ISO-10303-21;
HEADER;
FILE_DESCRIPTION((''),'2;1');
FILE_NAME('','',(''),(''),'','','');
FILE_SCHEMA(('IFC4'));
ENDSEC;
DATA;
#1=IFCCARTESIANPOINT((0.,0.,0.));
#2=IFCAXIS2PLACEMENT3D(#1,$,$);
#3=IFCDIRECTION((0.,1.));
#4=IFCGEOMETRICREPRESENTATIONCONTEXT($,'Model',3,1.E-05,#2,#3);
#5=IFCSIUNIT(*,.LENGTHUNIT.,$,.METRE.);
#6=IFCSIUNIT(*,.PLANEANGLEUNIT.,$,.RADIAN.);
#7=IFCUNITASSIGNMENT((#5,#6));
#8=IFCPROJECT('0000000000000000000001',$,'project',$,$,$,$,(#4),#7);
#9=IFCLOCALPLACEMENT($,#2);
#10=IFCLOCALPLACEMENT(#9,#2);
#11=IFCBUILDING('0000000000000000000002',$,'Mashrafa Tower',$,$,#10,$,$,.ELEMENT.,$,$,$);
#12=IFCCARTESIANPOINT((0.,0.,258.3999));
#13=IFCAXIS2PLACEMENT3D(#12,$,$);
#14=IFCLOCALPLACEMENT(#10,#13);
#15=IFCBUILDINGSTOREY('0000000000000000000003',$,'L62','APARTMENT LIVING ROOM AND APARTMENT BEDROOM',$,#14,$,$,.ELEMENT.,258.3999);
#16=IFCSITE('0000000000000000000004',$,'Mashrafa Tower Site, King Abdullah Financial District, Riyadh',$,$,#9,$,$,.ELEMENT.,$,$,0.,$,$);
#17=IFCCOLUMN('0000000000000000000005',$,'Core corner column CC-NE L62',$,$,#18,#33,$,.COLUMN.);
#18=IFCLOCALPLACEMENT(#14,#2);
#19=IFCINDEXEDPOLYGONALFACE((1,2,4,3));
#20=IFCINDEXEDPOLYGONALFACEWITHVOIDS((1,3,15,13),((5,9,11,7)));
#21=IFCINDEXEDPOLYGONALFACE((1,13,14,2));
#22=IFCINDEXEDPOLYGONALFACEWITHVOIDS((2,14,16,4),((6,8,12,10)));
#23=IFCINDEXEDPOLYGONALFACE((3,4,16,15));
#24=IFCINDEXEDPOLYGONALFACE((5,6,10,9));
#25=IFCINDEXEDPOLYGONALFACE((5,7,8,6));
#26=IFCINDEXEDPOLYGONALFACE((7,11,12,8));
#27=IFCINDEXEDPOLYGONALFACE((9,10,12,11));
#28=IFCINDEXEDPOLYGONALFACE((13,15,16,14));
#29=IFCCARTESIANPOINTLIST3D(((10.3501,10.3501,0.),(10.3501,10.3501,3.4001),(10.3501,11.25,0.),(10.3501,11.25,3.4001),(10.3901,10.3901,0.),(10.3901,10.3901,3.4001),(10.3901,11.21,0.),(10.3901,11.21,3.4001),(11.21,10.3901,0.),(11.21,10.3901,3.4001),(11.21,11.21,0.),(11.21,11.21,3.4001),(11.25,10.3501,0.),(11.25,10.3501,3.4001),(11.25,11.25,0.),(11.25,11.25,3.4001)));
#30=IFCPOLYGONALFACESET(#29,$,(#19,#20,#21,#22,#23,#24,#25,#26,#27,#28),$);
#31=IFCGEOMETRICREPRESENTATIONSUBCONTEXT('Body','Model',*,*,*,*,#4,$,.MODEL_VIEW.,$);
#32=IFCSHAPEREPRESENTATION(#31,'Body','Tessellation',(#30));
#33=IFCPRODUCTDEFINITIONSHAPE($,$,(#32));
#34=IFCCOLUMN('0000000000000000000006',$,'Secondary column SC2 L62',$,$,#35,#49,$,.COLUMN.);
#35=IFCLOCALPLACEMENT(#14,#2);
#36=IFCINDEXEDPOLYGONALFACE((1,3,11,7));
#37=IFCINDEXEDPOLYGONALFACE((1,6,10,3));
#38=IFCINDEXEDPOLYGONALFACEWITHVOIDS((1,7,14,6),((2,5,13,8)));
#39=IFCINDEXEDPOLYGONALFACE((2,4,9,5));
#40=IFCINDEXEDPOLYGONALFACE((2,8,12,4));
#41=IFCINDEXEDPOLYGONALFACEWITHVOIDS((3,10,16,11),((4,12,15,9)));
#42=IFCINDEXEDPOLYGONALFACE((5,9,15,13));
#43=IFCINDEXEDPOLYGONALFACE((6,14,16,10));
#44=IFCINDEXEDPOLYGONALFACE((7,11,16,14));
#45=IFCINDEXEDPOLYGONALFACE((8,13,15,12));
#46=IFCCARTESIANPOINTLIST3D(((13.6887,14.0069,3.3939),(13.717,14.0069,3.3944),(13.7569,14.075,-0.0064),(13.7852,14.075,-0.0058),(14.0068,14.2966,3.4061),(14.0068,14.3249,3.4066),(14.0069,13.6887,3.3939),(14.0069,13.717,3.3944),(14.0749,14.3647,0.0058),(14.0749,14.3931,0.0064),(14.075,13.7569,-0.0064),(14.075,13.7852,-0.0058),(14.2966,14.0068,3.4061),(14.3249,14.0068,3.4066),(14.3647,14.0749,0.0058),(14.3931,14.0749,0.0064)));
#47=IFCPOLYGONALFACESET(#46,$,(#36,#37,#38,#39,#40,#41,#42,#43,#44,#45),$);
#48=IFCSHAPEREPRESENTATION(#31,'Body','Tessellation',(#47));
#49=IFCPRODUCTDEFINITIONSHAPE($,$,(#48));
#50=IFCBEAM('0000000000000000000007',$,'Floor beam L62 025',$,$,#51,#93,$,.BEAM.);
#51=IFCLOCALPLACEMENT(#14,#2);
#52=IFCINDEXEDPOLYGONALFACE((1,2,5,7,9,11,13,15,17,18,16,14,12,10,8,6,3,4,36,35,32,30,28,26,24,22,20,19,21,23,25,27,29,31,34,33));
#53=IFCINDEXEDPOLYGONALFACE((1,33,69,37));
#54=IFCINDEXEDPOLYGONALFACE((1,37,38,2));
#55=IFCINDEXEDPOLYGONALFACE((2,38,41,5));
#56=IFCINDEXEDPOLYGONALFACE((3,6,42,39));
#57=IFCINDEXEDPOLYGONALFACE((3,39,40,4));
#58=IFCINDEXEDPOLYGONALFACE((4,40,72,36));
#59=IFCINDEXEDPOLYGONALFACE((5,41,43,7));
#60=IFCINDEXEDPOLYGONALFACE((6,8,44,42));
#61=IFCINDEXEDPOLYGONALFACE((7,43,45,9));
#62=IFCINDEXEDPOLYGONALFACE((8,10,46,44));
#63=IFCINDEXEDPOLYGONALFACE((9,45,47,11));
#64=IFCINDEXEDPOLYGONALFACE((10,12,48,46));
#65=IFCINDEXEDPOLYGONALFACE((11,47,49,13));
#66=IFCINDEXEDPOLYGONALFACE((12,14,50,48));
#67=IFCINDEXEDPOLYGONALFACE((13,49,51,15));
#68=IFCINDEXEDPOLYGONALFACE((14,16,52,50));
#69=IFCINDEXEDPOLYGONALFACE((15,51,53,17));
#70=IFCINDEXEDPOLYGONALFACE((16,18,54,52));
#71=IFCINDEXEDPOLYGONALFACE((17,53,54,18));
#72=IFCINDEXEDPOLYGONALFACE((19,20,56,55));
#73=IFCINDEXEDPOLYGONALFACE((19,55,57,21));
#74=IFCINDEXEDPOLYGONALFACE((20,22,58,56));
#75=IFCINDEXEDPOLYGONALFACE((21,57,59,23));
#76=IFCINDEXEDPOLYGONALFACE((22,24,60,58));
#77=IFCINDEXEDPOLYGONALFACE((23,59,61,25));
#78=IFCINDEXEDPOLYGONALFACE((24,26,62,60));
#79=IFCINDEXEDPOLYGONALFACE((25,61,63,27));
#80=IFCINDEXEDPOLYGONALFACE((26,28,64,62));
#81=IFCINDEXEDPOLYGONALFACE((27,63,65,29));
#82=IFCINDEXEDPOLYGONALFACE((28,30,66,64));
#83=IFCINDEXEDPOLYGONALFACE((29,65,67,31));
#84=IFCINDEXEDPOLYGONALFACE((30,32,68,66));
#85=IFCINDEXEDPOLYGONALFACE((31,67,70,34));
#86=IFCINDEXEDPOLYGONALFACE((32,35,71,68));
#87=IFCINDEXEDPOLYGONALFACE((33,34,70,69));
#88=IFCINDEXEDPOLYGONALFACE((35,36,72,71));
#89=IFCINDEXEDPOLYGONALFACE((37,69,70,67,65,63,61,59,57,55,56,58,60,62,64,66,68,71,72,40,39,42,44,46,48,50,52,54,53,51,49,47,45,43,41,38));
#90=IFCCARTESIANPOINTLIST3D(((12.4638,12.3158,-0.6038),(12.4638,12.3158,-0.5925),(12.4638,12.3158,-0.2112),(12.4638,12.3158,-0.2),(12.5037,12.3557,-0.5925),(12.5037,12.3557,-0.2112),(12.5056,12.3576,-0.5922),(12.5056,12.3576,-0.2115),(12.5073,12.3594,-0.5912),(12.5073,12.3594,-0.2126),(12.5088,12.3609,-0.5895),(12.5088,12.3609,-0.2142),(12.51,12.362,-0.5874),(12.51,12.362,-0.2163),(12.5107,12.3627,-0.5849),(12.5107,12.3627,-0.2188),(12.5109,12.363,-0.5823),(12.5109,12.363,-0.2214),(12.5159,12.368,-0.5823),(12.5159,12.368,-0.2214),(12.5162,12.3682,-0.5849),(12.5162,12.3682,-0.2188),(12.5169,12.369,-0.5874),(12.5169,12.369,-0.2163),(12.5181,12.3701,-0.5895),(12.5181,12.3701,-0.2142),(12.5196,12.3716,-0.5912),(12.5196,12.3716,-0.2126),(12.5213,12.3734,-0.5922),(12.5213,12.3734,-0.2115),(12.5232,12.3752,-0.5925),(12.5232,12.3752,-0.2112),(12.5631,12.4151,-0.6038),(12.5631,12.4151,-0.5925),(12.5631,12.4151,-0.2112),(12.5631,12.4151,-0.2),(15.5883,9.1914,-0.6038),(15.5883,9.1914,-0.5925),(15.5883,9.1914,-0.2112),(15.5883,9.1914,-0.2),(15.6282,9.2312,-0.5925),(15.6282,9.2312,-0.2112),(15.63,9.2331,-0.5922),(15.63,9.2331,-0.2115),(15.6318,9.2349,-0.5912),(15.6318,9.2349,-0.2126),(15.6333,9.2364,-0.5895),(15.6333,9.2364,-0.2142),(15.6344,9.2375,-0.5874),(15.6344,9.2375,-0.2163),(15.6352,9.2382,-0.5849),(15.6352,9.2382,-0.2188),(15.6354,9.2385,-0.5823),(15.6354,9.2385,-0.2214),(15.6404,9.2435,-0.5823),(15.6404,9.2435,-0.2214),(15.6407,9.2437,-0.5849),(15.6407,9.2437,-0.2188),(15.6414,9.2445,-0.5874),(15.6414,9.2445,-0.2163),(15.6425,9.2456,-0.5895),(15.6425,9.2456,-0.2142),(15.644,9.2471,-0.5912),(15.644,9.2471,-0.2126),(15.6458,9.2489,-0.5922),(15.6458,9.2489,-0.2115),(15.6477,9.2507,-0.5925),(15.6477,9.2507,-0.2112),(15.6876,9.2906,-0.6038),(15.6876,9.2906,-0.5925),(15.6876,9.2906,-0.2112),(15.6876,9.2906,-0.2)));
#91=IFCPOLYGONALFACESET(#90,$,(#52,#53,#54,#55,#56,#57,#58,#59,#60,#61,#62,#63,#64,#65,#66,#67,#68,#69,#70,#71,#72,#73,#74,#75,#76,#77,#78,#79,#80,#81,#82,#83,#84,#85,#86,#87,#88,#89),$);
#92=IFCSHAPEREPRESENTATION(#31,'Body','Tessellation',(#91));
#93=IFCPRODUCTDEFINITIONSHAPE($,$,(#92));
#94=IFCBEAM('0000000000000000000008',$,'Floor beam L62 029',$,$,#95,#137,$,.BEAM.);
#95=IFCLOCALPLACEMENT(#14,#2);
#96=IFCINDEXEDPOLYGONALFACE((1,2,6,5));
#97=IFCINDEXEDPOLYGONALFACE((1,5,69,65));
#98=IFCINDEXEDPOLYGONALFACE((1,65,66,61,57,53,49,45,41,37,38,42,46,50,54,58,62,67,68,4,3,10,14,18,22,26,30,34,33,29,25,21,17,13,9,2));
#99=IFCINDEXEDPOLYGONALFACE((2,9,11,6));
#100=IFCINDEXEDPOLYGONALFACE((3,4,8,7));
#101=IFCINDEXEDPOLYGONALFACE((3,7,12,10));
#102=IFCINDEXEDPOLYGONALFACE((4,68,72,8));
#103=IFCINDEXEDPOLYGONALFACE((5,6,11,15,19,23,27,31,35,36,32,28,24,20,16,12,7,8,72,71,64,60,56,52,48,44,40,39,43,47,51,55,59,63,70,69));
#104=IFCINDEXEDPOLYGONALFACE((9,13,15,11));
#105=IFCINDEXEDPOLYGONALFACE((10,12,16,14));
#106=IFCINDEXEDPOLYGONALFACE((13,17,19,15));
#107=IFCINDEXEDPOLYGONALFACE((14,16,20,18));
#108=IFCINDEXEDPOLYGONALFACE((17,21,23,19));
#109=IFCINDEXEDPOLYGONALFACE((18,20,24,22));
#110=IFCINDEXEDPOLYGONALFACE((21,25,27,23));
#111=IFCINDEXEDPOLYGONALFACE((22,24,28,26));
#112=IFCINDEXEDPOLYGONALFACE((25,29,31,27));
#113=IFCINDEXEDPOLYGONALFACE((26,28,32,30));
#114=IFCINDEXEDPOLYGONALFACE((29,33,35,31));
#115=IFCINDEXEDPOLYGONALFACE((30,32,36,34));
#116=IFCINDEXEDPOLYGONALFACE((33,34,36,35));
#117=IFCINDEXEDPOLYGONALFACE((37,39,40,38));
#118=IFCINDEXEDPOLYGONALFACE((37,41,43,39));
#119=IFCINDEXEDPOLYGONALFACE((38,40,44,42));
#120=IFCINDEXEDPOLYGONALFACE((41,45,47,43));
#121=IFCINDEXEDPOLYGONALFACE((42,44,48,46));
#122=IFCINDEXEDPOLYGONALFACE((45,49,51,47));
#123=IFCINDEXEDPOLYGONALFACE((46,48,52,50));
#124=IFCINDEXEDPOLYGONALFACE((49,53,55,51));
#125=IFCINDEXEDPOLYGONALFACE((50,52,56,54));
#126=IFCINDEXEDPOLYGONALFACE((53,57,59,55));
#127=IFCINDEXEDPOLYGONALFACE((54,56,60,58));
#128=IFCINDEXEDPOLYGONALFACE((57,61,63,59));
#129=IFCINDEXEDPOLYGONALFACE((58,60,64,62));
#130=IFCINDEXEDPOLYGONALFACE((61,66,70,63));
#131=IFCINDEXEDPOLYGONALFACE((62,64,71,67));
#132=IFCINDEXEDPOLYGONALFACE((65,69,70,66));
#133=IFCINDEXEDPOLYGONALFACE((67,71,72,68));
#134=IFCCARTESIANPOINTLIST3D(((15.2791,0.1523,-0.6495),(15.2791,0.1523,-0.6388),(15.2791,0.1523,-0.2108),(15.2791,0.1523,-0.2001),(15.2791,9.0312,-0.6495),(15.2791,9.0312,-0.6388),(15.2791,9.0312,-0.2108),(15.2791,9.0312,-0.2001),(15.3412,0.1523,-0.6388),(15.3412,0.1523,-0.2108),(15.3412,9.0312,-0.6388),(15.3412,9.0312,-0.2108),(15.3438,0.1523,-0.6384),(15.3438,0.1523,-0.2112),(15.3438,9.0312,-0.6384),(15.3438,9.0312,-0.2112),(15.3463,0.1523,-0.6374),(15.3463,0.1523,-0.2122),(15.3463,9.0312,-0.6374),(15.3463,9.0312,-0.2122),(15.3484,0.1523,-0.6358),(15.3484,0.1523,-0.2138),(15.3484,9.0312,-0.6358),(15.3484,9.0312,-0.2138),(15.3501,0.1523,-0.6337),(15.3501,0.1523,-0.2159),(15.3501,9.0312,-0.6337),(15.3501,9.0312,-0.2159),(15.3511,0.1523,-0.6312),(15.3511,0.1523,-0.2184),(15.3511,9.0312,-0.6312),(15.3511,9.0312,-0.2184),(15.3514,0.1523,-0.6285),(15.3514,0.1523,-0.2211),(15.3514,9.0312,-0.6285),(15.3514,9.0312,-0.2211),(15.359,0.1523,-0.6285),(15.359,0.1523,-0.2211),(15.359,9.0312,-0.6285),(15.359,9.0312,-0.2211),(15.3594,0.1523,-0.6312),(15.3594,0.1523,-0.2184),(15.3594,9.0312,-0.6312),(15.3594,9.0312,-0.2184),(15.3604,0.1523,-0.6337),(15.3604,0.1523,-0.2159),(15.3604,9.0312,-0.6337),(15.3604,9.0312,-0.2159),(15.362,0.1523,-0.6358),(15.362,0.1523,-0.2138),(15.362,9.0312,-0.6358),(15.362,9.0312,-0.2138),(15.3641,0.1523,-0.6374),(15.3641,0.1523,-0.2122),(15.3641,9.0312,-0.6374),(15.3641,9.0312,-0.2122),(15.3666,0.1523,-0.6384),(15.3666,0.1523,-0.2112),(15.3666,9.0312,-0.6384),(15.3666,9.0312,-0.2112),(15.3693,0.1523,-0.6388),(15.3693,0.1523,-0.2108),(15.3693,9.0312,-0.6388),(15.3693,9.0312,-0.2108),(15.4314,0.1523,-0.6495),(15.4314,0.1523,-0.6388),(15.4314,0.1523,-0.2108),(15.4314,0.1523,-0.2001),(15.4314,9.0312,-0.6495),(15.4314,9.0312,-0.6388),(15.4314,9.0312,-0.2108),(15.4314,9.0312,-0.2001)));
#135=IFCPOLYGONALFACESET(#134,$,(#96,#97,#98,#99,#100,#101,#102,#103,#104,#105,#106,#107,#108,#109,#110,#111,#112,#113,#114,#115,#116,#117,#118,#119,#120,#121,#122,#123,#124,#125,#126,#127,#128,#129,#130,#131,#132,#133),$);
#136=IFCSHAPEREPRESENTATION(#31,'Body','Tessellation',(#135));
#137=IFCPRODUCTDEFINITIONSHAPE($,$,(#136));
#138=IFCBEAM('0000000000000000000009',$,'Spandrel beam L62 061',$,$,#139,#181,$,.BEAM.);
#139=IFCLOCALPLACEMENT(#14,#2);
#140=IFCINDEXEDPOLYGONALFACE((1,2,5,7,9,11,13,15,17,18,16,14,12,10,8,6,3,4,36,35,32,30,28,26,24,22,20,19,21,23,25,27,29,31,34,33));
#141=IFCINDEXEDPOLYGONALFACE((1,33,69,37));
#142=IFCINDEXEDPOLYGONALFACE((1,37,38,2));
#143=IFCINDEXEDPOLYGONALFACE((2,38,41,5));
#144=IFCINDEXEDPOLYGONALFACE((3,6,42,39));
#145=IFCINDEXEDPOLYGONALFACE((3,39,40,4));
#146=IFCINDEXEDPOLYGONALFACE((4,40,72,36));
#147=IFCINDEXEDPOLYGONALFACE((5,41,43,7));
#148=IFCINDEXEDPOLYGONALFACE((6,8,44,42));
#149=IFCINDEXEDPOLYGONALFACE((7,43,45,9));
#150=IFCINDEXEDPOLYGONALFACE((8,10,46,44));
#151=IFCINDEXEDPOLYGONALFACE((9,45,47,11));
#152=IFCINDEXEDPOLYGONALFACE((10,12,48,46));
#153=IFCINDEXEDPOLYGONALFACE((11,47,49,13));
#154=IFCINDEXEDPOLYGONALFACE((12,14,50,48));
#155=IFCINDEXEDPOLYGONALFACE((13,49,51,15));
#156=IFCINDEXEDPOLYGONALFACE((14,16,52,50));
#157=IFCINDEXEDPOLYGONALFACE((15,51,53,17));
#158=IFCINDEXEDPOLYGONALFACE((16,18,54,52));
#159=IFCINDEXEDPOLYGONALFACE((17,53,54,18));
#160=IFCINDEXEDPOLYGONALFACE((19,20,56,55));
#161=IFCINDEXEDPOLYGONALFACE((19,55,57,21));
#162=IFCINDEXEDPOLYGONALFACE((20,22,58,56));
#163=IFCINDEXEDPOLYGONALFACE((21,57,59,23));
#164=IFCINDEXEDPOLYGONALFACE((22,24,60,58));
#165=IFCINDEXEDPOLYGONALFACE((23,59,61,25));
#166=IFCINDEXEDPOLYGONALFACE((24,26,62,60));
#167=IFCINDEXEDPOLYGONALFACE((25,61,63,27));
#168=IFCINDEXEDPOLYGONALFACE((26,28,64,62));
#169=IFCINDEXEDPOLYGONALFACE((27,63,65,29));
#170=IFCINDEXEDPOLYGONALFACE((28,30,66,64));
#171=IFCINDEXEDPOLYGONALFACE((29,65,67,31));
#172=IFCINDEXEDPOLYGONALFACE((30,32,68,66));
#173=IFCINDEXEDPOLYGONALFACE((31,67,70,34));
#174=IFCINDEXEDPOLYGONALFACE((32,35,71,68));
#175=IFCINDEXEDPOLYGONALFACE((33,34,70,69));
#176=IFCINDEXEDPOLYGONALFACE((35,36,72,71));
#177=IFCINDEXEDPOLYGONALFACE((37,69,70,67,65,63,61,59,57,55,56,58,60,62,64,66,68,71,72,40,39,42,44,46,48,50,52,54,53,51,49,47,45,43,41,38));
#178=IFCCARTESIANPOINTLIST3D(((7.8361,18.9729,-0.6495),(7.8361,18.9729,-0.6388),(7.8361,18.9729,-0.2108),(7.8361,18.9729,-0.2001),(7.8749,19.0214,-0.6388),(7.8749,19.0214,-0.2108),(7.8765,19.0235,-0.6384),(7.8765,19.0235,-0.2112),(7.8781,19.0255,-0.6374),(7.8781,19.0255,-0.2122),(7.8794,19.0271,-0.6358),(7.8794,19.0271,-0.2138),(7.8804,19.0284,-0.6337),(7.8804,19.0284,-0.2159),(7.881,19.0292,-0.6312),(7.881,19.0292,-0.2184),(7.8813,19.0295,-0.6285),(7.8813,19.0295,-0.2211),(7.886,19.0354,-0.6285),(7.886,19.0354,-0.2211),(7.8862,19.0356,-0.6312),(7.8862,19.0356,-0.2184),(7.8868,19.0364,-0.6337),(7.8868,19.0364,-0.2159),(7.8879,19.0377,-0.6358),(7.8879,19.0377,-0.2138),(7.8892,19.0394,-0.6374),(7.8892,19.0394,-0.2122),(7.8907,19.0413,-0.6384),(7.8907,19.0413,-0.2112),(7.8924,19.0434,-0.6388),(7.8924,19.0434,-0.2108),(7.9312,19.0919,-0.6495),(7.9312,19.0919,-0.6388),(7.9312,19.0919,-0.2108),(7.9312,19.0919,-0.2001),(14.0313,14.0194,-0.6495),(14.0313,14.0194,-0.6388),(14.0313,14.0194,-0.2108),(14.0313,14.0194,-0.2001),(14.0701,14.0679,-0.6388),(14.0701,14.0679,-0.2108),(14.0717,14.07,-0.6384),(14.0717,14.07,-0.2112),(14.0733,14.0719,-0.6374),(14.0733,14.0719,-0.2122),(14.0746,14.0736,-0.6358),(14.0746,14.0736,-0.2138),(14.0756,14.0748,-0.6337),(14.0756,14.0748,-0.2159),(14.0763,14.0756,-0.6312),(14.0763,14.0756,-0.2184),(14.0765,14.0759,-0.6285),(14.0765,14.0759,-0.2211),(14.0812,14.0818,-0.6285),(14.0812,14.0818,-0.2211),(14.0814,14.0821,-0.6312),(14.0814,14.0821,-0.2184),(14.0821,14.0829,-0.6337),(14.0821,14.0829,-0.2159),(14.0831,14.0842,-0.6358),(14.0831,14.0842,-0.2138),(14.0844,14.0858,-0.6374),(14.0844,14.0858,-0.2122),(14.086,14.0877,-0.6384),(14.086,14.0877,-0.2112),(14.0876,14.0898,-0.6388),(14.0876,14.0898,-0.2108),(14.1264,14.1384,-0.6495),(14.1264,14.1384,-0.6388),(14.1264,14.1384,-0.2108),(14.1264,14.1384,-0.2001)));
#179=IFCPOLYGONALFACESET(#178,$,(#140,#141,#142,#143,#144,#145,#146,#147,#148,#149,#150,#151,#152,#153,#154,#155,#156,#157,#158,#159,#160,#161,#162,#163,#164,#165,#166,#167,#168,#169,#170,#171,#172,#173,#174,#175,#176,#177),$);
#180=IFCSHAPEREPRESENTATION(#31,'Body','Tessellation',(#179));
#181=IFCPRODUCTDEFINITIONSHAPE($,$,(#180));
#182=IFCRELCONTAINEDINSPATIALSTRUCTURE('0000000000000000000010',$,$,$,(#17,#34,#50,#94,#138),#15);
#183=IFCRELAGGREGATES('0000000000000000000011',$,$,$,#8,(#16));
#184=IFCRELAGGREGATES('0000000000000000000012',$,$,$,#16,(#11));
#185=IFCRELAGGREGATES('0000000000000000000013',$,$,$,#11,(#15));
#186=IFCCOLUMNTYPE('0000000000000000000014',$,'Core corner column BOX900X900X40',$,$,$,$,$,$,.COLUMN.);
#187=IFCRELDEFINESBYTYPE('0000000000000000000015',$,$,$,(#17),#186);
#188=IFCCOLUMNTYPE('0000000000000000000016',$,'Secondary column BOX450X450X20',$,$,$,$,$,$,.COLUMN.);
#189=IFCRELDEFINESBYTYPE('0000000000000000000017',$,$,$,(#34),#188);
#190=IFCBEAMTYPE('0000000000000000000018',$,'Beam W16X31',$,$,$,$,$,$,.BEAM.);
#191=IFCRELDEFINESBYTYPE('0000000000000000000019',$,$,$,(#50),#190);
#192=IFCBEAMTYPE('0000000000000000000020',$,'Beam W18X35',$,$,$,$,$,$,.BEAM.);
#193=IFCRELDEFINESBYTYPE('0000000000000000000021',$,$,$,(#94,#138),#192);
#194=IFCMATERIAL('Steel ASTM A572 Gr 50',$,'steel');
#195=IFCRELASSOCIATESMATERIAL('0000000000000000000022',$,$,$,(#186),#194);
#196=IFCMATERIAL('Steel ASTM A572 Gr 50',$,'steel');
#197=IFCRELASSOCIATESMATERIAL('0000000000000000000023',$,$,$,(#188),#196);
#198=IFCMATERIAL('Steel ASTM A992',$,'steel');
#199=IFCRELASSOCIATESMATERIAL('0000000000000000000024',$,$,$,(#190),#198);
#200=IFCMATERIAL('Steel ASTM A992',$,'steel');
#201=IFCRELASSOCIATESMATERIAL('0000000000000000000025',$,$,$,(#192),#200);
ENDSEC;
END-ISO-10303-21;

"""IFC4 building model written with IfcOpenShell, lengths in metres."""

from ifc_helpers import new_model, si_unit, direction, frame, origin, origin_2d, place, context, subcontext, project, spatial, hollow_rectangle, i_section, extrude, material, material_profile, profile_set, type_object, element, save


model = new_model("IFC4")

# Units and contexts
model_context = context("Model", 3, precision=1e-05, world=origin(), true_north=direction((0.0, 1.0)))
body_context = subcontext(model_context, "Body", "Model", "MODEL_VIEW")
ifc_project = project(units=[si_unit("LENGTHUNIT", "METRE"), si_unit("PLANEANGLEUNIT", "RADIAN")], contexts=[model_context])

# Site, building, storey
site_placement = place(None, origin())
site = spatial("IfcSite", under=ifc_project, at=site_placement, Name="Mashrafa Tower Site, King Abdullah Financial District, Riyadh", CompositionType="ELEMENT", RefElevation=0.0)
building_placement = place(site_placement, origin())
building = spatial("IfcBuilding", under=site, at=building_placement, Name="Mashrafa Tower", CompositionType="ELEMENT")
storey_placement = place(building_placement, frame((0.0, 0.0, 258.3999)))
storey = spatial("IfcBuildingStorey", under=building, at=storey_placement, Name="L62", Description="APARTMENT LIVING ROOM AND APARTMENT BEDROOM", CompositionType="ELEMENT", Elevation=258.3999)

# Columns
ifc_material_1 = material(Name="Steel ASTM A572 Gr 50", Category="steel")
ifc_material_profile_1 = material_profile(ifc_material_1, hollow_rectangle(XDim=0.8999, YDim=0.8999, WallThickness=0.04, at=origin_2d()), Name="BOX900X900X40")
ifc_profile_set_1 = profile_set([ifc_material_profile_1], Name="Steel ASTM A572 Gr 50")
column_type_1 = type_object("IfcColumnType", Name="Core corner column BOX900X900X40", PredefinedType="COLUMN", material=ifc_profile_set_1)
column_1_placement = place(storey_placement, frame((10.8, 10.8, 0.0), z_axis=(0.0, 0.0, 1.0), x_axis=(1.0, 0.0, 0.0)))
element("IfcColumn", 1, at=column_1_placement, inside=storey, type_object=column_type_1, Name="Core corner column CC-NE L62", PredefinedType="COLUMN", context=body_context, shape_type="SweptSolid", body=[
    extrude(hollow_rectangle(XDim=0.8999, YDim=0.8999, WallThickness=0.04, at=origin_2d()), origin(), (0.0, 0.0, 1.0), 3.4001),
])
ifc_material_2 = material(Name="Steel ASTM A572 Gr 50", Category="steel")
ifc_material_profile_2 = material_profile(ifc_material_2, hollow_rectangle(XDim=0.45, YDim=0.45, WallThickness=0.02, at=origin_2d()), Name="BOX450X450X20")
ifc_profile_set_2 = profile_set([ifc_material_profile_2], Name="Steel ASTM A572 Gr 50")
column_type_2 = type_object("IfcColumnType", Name="Secondary column BOX450X450X20", PredefinedType="COLUMN", material=ifc_profile_set_2)
column_2_placement = place(storey_placement, frame((14.075, 14.075, 0.0), z_axis=(-0.020025, -0.020025, 0.999599), x_axis=(0.707107, -0.707107, 0.0)))
element("IfcColumn", 2, at=column_2_placement, inside=storey, type_object=column_type_2, Name="Secondary column SC2 L62", PredefinedType="COLUMN", context=body_context, shape_type="SweptSolid", body=[
    extrude(hollow_rectangle(XDim=0.45, YDim=0.45, WallThickness=0.02, at=origin_2d()), origin(), (0.0, 0.0, 1.0), 3.4016),
])

# Beams
ifc_material_3 = material(Name="Steel ASTM A992", Category="steel")
ifc_material_profile_3 = material_profile(ifc_material_3, i_section(OverallWidth=0.1404, OverallDepth=0.4038, WebThickness=0.0071, FlangeThickness=0.0112, FilletRadius=0.0103, at=origin_2d()), Name="W16X31")
ifc_profile_set_3 = profile_set([ifc_material_profile_3], Name="Steel ASTM A992")
beam_type_1 = type_object("IfcBeamType", Name="Beam W16X31", PredefinedType="BEAM", material=ifc_profile_set_3)
beam_1_placement = place(storey_placement, frame((12.5134, 12.3655, -0.4019), z_axis=(0.707107, -0.707107, 0.0), x_axis=(0.707107, 0.707107, 0.0)))
element("IfcBeam", 3, at=beam_1_placement, inside=storey, type_object=beam_type_1, Name="Floor beam L62 025", PredefinedType="BEAM", context=body_context, shape_type="SweptSolid", body=[
    extrude(i_section(OverallWidth=0.1404, OverallDepth=0.4038, WebThickness=0.0071, FlangeThickness=0.0112, FilletRadius=0.0103, at=origin_2d()), origin(), (0.0, 0.0, 1.0), 4.4187),
])
ifc_material_4 = material(Name="Steel ASTM A992", Category="steel")
ifc_material_profile_4 = material_profile(ifc_material_4, i_section(OverallWidth=0.1523, OverallDepth=0.4495, WebThickness=0.0076, FlangeThickness=0.0107, FilletRadius=0.0103, at=origin_2d()), Name="W18X35")
ifc_profile_set_4 = profile_set([ifc_material_profile_4], Name="Steel ASTM A992")
beam_type_2 = type_object("IfcBeamType", Name="Beam W18X35", PredefinedType="BEAM", material=ifc_profile_set_4)
beam_2_placement = place(storey_placement, frame((15.3552, 9.0312, -0.4248), z_axis=(0.0, -1.0, 0.0), x_axis=(1.0, 0.0, 0.0)))
element("IfcBeam", 4, at=beam_2_placement, inside=storey, type_object=beam_type_2, Name="Floor beam L62 029", PredefinedType="BEAM", context=body_context, shape_type="SweptSolid", body=[
    extrude(i_section(OverallWidth=0.1523, OverallDepth=0.4495, WebThickness=0.0076, FlangeThickness=0.0107, FilletRadius=0.0103, at=origin_2d()), origin(), (0.0, 0.0, 1.0), 8.8789),
])
beam_3_placement = place(storey_placement, frame((14.0789, 14.0789, -0.4248), z_axis=(-0.781031, 0.624492, 0.0), x_axis=(-0.624492, -0.781031, 0.0)))
element("IfcBeam", 5, at=beam_3_placement, inside=storey, type_object=beam_type_2, Name="Spandrel beam L62 061", PredefinedType="BEAM", context=body_context, shape_type="SweptSolid", body=[
    extrude(i_section(OverallWidth=0.1523, OverallDepth=0.4495, WebThickness=0.0076, FlangeThickness=0.0107, FilletRadius=0.0103, at=origin_2d()), origin(), (0.0, 0.0, 1.0), 7.9321),
])

save(model, "model.ifc")
